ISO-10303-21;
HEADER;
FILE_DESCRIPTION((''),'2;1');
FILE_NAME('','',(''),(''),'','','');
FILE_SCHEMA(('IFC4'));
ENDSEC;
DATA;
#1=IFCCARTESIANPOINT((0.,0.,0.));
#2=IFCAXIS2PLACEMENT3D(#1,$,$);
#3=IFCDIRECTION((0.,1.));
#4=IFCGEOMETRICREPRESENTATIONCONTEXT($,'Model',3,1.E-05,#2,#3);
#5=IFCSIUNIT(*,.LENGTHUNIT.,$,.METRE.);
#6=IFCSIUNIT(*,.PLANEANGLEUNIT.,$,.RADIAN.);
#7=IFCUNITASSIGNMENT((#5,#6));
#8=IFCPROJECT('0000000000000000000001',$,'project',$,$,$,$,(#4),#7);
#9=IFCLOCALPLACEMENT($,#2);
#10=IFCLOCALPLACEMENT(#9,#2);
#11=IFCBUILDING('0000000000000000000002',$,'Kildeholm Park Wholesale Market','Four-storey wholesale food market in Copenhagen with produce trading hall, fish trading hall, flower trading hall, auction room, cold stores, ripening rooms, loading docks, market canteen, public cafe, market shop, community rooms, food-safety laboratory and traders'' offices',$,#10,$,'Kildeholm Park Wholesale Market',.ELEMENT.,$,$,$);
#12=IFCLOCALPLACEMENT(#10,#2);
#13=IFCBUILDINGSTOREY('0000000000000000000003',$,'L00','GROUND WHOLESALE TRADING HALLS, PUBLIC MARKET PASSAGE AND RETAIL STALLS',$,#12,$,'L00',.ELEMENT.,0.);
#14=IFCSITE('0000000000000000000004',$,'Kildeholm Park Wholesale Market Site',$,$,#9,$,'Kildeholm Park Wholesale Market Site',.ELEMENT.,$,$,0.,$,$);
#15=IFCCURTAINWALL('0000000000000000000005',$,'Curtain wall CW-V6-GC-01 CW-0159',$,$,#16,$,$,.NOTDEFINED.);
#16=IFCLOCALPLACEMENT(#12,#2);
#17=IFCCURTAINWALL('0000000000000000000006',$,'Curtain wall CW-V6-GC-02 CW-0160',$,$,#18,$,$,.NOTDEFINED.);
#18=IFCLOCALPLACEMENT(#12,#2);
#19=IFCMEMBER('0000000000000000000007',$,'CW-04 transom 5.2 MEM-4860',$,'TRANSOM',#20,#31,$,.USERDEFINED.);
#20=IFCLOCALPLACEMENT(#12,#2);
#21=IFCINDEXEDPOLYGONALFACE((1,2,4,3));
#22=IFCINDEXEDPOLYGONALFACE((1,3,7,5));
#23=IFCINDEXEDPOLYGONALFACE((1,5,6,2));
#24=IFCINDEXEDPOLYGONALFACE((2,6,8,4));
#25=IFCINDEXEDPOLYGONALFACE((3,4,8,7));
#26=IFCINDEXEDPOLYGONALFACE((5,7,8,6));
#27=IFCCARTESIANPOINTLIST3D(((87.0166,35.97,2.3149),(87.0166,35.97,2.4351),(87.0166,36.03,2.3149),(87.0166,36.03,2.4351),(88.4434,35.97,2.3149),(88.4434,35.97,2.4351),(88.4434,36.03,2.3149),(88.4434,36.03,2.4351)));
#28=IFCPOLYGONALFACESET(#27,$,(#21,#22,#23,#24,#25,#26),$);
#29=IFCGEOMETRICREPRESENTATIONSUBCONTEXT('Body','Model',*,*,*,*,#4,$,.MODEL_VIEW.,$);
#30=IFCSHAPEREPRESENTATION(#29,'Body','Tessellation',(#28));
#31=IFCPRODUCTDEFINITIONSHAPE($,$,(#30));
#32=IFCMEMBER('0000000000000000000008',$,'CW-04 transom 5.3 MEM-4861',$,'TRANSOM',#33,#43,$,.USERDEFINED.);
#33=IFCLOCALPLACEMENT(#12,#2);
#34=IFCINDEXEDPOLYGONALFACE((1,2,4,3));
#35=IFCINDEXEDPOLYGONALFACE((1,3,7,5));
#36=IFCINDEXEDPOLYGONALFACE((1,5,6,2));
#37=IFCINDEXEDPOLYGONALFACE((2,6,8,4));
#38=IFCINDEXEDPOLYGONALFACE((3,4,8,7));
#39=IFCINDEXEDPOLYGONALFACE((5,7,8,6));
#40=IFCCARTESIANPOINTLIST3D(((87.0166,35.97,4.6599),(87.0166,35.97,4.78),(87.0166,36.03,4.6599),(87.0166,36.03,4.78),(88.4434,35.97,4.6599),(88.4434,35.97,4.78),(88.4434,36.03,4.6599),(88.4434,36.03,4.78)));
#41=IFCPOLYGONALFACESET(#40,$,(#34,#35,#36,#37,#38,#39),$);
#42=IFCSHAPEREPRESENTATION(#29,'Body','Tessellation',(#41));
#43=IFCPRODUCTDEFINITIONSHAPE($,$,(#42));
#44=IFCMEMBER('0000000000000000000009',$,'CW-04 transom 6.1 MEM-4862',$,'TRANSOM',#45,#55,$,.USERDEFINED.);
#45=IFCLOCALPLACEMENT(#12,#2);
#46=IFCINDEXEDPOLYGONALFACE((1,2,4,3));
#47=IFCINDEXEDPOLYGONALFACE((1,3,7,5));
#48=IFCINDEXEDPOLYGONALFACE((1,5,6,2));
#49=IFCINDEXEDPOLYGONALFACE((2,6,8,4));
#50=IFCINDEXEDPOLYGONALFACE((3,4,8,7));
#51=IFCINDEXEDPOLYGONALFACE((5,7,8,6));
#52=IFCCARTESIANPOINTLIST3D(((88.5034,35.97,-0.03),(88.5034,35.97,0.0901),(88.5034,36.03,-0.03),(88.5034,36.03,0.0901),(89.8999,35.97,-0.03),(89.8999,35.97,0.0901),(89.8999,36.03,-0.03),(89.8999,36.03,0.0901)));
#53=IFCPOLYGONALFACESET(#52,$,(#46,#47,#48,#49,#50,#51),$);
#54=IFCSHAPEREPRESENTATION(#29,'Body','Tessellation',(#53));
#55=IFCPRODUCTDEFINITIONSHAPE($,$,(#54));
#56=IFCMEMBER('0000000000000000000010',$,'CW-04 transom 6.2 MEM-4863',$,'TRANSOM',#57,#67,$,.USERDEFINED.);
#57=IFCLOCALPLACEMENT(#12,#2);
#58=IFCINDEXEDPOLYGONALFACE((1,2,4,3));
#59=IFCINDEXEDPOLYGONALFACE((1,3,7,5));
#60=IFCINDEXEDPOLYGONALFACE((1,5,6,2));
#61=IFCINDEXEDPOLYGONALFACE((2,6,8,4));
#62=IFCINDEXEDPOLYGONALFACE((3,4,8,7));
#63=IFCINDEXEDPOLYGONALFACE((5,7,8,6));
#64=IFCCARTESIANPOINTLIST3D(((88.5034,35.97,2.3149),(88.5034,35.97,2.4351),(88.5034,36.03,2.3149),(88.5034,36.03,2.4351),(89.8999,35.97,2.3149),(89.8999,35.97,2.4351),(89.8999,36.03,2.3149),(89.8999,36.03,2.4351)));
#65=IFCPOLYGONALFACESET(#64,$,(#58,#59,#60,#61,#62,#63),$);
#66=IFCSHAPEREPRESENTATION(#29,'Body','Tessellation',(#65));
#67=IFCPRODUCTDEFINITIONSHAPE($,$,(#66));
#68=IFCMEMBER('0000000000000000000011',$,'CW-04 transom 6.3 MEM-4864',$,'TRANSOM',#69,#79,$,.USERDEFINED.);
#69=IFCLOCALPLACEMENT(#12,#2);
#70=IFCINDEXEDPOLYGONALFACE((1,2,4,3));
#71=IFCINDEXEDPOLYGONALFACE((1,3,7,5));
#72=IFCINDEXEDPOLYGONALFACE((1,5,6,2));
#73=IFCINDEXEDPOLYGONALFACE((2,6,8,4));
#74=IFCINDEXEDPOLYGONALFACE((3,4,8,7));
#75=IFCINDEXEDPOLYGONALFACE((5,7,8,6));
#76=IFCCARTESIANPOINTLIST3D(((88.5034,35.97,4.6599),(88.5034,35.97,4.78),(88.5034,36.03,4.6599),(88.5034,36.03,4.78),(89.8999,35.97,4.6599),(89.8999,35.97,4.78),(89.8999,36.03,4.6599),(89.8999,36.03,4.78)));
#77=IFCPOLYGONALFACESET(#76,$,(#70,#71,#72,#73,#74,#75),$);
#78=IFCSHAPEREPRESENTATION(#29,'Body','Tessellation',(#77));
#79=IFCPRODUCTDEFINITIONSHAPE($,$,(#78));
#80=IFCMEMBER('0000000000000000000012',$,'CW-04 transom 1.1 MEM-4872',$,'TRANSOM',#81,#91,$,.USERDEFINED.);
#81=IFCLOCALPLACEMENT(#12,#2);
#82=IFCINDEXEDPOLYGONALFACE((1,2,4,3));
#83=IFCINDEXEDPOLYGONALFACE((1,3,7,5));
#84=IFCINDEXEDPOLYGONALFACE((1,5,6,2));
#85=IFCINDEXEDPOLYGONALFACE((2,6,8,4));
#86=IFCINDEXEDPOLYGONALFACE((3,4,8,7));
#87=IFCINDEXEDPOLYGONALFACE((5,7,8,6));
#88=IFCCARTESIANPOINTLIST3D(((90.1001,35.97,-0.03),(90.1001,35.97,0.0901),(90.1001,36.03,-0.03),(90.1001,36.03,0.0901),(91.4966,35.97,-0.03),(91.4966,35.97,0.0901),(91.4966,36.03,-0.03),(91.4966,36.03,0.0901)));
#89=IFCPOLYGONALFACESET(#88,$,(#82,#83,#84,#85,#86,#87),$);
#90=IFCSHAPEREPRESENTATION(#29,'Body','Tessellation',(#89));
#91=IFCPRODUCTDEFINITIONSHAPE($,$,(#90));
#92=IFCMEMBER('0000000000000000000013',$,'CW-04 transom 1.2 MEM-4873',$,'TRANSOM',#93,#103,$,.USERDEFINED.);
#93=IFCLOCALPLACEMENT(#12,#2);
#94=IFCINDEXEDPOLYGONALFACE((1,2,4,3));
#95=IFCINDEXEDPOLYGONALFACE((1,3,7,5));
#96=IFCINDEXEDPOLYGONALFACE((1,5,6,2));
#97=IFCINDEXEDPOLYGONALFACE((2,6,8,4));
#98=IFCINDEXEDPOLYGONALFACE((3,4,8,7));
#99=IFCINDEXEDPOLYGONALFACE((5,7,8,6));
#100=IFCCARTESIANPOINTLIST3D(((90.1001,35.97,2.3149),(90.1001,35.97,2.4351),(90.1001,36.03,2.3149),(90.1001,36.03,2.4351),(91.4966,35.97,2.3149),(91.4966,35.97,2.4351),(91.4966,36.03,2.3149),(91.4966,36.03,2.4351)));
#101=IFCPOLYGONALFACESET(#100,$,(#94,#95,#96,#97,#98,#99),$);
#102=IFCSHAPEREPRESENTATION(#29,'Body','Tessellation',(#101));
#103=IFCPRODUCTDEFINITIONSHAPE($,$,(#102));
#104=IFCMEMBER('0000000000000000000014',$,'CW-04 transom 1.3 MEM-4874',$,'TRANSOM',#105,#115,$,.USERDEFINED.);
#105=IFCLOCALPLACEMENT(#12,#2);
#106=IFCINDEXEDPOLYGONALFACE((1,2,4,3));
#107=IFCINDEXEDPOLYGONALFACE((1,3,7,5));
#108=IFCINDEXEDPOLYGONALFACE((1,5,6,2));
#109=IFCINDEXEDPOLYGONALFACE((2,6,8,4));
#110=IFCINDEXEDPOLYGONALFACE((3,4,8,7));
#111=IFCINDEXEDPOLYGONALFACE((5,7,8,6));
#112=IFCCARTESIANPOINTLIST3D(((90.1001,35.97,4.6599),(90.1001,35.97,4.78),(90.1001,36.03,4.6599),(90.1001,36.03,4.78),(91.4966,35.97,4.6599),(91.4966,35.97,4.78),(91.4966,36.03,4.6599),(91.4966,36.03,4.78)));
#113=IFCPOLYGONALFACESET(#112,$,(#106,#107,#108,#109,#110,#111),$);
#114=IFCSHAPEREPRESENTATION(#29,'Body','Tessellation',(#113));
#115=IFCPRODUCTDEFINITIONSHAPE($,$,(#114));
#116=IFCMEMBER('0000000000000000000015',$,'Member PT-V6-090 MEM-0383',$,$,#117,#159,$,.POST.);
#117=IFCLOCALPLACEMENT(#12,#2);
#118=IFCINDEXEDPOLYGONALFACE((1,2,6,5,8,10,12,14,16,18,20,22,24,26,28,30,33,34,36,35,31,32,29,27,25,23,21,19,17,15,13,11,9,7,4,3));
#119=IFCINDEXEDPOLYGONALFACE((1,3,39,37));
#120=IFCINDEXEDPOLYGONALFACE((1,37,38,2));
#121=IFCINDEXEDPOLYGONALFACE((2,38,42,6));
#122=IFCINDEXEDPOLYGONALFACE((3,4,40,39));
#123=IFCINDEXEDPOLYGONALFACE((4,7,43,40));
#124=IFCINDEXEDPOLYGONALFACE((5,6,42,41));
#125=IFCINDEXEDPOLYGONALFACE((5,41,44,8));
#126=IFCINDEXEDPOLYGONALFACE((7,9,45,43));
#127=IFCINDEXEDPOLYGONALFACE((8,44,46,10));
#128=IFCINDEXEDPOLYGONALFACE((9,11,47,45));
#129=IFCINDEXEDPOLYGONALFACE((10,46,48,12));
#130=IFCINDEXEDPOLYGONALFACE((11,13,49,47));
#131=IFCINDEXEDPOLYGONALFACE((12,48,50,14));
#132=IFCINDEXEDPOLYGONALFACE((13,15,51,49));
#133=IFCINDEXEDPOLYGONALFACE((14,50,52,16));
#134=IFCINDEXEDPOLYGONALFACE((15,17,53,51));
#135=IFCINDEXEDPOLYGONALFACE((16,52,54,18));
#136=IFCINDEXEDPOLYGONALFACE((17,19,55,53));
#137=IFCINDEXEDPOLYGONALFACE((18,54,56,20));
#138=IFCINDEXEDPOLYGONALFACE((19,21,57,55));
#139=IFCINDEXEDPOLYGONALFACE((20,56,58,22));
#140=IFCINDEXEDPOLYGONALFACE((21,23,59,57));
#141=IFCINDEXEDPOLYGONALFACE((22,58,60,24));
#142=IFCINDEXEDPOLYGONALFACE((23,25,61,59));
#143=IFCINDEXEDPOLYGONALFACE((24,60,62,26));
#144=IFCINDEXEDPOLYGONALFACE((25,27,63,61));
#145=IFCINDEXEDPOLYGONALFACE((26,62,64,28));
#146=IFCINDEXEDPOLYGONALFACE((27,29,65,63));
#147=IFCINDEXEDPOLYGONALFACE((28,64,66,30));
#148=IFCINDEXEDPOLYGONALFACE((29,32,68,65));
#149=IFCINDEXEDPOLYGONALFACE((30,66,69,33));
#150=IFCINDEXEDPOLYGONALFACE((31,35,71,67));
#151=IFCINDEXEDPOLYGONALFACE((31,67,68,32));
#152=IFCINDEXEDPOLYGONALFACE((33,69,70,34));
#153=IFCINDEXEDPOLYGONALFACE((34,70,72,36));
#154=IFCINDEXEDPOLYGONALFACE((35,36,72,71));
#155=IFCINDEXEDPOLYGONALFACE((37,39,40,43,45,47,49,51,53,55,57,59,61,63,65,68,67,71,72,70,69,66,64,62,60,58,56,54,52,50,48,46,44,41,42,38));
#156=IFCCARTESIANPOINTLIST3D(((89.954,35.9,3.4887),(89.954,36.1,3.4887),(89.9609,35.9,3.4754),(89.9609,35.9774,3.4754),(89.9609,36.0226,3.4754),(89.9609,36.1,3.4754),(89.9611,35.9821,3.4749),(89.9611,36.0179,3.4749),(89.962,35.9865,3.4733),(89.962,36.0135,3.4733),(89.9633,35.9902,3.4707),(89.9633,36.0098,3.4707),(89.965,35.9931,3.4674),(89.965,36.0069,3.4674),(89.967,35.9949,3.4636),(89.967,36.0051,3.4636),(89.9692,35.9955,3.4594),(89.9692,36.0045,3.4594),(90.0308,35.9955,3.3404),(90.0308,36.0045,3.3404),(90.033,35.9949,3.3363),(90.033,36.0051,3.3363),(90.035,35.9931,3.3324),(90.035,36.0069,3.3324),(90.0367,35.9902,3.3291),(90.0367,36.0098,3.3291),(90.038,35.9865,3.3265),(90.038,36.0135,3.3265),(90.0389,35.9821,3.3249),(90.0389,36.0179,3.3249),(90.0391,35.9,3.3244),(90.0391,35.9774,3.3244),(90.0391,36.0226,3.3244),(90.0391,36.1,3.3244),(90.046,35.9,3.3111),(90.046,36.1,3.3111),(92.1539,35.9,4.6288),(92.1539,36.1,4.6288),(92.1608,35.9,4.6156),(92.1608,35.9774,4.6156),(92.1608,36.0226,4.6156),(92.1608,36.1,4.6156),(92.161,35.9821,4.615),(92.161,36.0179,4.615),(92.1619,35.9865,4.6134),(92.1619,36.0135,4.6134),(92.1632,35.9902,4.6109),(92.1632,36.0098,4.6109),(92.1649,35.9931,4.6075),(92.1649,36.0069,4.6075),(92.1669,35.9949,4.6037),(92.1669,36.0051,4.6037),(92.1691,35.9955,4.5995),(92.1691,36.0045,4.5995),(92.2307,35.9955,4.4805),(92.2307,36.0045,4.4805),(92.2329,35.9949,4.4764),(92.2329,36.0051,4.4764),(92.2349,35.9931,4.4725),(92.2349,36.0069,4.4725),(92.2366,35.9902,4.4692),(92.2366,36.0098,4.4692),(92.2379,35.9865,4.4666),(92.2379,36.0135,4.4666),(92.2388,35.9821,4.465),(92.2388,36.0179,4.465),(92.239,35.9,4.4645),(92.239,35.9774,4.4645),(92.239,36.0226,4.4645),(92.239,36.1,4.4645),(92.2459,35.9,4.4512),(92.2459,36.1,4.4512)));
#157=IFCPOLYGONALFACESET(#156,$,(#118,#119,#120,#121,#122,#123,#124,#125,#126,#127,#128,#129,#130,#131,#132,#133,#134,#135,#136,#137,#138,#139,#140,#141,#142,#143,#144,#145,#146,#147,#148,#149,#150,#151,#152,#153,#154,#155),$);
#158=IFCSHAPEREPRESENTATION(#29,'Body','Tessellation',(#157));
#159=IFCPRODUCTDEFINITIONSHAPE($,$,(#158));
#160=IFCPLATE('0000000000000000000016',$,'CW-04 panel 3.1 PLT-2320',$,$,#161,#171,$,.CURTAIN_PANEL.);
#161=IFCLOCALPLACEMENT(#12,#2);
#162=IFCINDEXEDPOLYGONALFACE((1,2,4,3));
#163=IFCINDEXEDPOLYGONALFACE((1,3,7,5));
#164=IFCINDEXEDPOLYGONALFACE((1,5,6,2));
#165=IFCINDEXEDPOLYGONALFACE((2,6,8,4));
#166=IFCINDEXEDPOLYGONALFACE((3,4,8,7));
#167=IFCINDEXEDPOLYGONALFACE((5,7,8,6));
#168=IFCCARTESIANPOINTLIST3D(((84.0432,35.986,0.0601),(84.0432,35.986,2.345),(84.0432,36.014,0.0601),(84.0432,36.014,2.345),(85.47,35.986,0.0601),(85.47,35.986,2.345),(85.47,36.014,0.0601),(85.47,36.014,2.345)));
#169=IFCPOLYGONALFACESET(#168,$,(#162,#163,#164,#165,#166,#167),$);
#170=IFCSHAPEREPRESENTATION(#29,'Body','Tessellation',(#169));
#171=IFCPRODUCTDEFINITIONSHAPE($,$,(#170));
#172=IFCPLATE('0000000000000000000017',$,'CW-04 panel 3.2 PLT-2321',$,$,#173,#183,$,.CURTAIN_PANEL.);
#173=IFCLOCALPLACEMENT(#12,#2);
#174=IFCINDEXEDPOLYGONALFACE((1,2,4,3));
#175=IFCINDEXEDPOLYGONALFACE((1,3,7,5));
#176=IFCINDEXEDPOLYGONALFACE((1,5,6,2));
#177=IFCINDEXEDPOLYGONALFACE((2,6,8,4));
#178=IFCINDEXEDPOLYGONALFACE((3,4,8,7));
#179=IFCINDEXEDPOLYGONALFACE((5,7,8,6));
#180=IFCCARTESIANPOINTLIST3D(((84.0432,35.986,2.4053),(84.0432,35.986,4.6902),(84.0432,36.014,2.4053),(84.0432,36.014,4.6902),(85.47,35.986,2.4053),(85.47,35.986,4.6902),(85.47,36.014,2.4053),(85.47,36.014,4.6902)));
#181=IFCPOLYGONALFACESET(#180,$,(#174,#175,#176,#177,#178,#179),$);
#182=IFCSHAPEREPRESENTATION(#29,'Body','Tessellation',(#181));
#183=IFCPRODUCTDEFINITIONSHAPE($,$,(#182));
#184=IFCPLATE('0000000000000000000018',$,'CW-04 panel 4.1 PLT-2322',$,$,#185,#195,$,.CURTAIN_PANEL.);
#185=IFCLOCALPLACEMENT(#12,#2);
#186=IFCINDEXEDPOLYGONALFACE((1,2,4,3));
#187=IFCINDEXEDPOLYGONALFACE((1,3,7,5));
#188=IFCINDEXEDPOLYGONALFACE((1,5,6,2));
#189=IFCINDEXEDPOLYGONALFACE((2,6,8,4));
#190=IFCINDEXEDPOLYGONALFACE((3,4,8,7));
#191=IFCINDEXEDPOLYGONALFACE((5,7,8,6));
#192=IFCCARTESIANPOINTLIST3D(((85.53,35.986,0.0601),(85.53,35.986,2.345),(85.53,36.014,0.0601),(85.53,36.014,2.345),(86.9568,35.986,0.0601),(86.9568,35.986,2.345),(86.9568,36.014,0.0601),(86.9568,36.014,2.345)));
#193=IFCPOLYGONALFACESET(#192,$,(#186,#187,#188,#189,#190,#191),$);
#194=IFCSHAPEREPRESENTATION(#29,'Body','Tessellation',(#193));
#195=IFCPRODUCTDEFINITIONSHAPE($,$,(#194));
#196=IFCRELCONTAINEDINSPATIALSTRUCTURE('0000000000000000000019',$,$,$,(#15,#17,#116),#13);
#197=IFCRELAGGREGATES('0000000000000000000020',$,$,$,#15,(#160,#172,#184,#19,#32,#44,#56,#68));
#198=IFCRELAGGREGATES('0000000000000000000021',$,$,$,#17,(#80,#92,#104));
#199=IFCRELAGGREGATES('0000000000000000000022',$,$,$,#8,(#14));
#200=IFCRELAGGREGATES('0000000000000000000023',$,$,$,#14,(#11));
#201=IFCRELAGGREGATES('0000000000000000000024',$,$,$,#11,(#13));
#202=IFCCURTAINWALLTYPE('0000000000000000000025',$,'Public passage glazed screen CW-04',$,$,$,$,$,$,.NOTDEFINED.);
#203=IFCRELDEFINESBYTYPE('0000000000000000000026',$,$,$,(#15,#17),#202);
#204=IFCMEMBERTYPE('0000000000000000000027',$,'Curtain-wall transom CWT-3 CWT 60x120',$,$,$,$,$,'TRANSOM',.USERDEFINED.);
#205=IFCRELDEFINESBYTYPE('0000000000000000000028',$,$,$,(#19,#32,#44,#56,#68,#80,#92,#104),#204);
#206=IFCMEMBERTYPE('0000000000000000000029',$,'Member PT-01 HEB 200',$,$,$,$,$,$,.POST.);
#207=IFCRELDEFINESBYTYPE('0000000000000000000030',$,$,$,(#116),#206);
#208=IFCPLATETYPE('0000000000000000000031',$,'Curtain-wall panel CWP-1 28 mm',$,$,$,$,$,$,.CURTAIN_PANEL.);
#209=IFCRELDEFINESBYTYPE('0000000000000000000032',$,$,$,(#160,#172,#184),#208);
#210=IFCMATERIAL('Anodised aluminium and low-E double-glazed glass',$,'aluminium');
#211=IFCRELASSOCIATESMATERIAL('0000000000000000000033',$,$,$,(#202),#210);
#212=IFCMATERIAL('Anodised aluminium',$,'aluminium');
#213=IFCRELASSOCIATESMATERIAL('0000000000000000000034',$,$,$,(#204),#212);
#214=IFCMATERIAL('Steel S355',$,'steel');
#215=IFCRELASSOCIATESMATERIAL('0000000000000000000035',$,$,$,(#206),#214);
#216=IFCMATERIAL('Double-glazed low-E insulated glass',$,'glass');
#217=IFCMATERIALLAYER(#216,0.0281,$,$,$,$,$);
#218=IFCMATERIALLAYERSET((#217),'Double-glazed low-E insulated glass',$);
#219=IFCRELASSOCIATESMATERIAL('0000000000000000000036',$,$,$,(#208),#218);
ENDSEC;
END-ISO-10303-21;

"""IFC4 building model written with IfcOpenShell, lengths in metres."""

from ifc_helpers import new_model, si_unit, direction, frame, origin, origin_2d, place, context, subcontext, project, spatial, rectangle, i_section, extrude, material, layer, layer_set, material_profile, profile_set, type_object, element, aggregate, save


model = new_model("IFC4")

# Units and contexts
model_context = context("Model", 3, precision=1e-05, world=origin(), true_north=direction((0.0, 1.0)))
body_context = subcontext(model_context, "Body", "Model", "MODEL_VIEW")
ifc_project = project(units=[si_unit("LENGTHUNIT", "METRE"), si_unit("PLANEANGLEUNIT", "RADIAN")], contexts=[model_context])

# Site, building, storey
site_placement = place(None, origin())
site = spatial("IfcSite", under=ifc_project, at=site_placement, Name="Kildeholm Park Wholesale Market Site", LongName="Kildeholm Park Wholesale Market Site", CompositionType="ELEMENT", RefElevation=0.0)
building_placement = place(site_placement, origin())
building = spatial("IfcBuilding", under=site, at=building_placement, Name="Kildeholm Park Wholesale Market", Description="Four-storey wholesale food market in Copenhagen with produce trading hall, fish trading hall, flower trading hall, auction room, cold stores, ripening rooms, loading docks, market canteen, public cafe, market shop, community rooms, food-safety laboratory and traders' offices", LongName="Kildeholm Park Wholesale Market", CompositionType="ELEMENT")
storey_placement = place(building_placement, origin())
storey = spatial("IfcBuildingStorey", under=building, at=storey_placement, Name="L00", Description="GROUND WHOLESALE TRADING HALLS, PUBLIC MARKET PASSAGE AND RETAIL STALLS", LongName="L00", CompositionType="ELEMENT", Elevation=0.0)

# Shared definitions
ifc_material_1 = material(Name="Steel S355", Category="steel")

# Curtain wall
ifc_material_2 = material(Name="Anodised aluminium and low-E double-glazed glass", Category="aluminium")
curtain_wall_type = type_object("IfcCurtainWallType", Name="Public passage glazed screen CW-04", PredefinedType="NOTDEFINED", material=ifc_material_2)
curtain_wall_1_placement = place(storey_placement, origin())
curtain_wall_1 = element("IfcCurtainWall", 1, at=curtain_wall_1_placement, inside=storey, type_object=curtain_wall_type, Name="Curtain wall CW-V6-GC-01 CW-0159", PredefinedType="NOTDEFINED")
ifc_material_3 = material(Name="Anodised aluminium", Category="aluminium")

# Curtain wall
curtain_wall_2_placement = place(storey_placement, origin())
curtain_wall_2 = element("IfcCurtainWall", 2, at=curtain_wall_2_placement, inside=storey, type_object=curtain_wall_type, Name="Curtain wall CW-V6-GC-02 CW-0160", PredefinedType="NOTDEFINED")

# Members
ifc_material_profile_1 = material_profile(ifc_material_3, rectangle(XDim=0.0601, YDim=0.1201, at=origin_2d()), Name="CWT 60x120")
ifc_profile_set_1 = profile_set([ifc_material_profile_1], Name="Anodised aluminium")
member_type_1 = type_object("IfcMemberType", Name="Curtain-wall transom CWT-3 CWT 60x120", ElementType="TRANSOM", PredefinedType="USERDEFINED", material=ifc_profile_set_1)
member_1_placement = place(storey_placement, frame((87.0166, 36.0, 2.375), z_axis=(1.0, 0.0, 0.0), x_axis=(0.0, 1.0, 0.0)))
member_1 = element("IfcMember", 3, at=member_1_placement, type_object=member_type_1, Name="CW-04 transom 5.2 MEM-4860", ObjectType="TRANSOM", PredefinedType="USERDEFINED", context=body_context, shape_type="SweptSolid", body=[
    extrude(rectangle(XDim=0.0601, YDim=0.1201, at=origin_2d()), origin(), (0.0, 0.0, 1.0), 1.4268),
])
member_2_placement = place(storey_placement, frame((87.0166, 36.0, 4.72), z_axis=(1.0, 0.0, 0.0), x_axis=(0.0, 1.0, 0.0)))
member_2 = element("IfcMember", 4, at=member_2_placement, type_object=member_type_1, Name="CW-04 transom 5.3 MEM-4861", ObjectType="TRANSOM", PredefinedType="USERDEFINED", context=body_context, shape_type="SweptSolid", body=[
    extrude(rectangle(XDim=0.0601, YDim=0.1201, at=origin_2d()), origin(), (0.0, 0.0, 1.0), 1.4268),
])
member_3_placement = place(storey_placement, frame((88.5034, 36.0, 0.03), z_axis=(1.0, 0.0, 0.0), x_axis=(0.0, 1.0, 0.0)))
member_3 = element("IfcMember", 5, at=member_3_placement, type_object=member_type_1, Name="CW-04 transom 6.1 MEM-4862", ObjectType="TRANSOM", PredefinedType="USERDEFINED", context=body_context, shape_type="SweptSolid", body=[
    extrude(rectangle(XDim=0.0601, YDim=0.1201, at=origin_2d()), origin(), (0.0, 0.0, 1.0), 1.3965),
])
member_4_placement = place(storey_placement, frame((88.5034, 36.0, 2.375), z_axis=(1.0, 0.0, 0.0), x_axis=(0.0, 1.0, 0.0)))
member_4 = element("IfcMember", 6, at=member_4_placement, type_object=member_type_1, Name="CW-04 transom 6.2 MEM-4863", ObjectType="TRANSOM", PredefinedType="USERDEFINED", context=body_context, shape_type="SweptSolid", body=[
    extrude(rectangle(XDim=0.0601, YDim=0.1201, at=origin_2d()), origin(), (0.0, 0.0, 1.0), 1.3965),
])
member_5_placement = place(storey_placement, frame((88.5034, 36.0, 4.72), z_axis=(1.0, 0.0, 0.0), x_axis=(0.0, 1.0, 0.0)))
member_5 = element("IfcMember", 7, at=member_5_placement, type_object=member_type_1, Name="CW-04 transom 6.3 MEM-4864", ObjectType="TRANSOM", PredefinedType="USERDEFINED", context=body_context, shape_type="SweptSolid", body=[
    extrude(rectangle(XDim=0.0601, YDim=0.1201, at=origin_2d()), origin(), (0.0, 0.0, 1.0), 1.3965),
])
member_6_placement = place(storey_placement, frame((90.1001, 36.0, 0.03), z_axis=(1.0, 0.0, 0.0), x_axis=(0.0, 1.0, 0.0)))
member_6 = element("IfcMember", 8, at=member_6_placement, type_object=member_type_1, Name="CW-04 transom 1.1 MEM-4872", ObjectType="TRANSOM", PredefinedType="USERDEFINED", context=body_context, shape_type="SweptSolid", body=[
    extrude(rectangle(XDim=0.0601, YDim=0.1201, at=origin_2d()), origin(), (0.0, 0.0, 1.0), 1.3965),
])
member_7_placement = place(storey_placement, frame((90.1001, 36.0, 2.375), z_axis=(1.0, 0.0, 0.0), x_axis=(0.0, 1.0, 0.0)))
member_7 = element("IfcMember", 9, at=member_7_placement, type_object=member_type_1, Name="CW-04 transom 1.2 MEM-4873", ObjectType="TRANSOM", PredefinedType="USERDEFINED", context=body_context, shape_type="SweptSolid", body=[
    extrude(rectangle(XDim=0.0601, YDim=0.1201, at=origin_2d()), origin(), (0.0, 0.0, 1.0), 1.3965),
])
member_8_placement = place(storey_placement, frame((90.1001, 36.0, 4.72), z_axis=(1.0, 0.0, 0.0), x_axis=(0.0, 1.0, 0.0)))
member_8 = element("IfcMember", 10, at=member_8_placement, type_object=member_type_1, Name="CW-04 transom 1.3 MEM-4874", ObjectType="TRANSOM", PredefinedType="USERDEFINED", context=body_context, shape_type="SweptSolid", body=[
    extrude(rectangle(XDim=0.0601, YDim=0.1201, at=origin_2d()), origin(), (0.0, 0.0, 1.0), 1.3965),
])
ifc_material_profile_2 = material_profile(ifc_material_1, i_section(OverallWidth=0.2, OverallDepth=0.2, WebThickness=0.009, FlangeThickness=0.0149, FilletRadius=0.0181, at=origin_2d()), Name="HEB 200")
ifc_profile_set_2 = profile_set([ifc_material_profile_2], Name="Steel S355")
member_type_2 = type_object("IfcMemberType", Name="Member PT-01 HEB 200", PredefinedType="POST", material=ifc_profile_set_2)
member_9_placement = place(storey_placement, frame((90.0, 36.0, 3.3999), z_axis=(0.88785, 0.0, 0.460133), x_axis=(0.0, 1.0, 0.0)))
element("IfcMember", 11, at=member_9_placement, inside=storey, type_object=member_type_2, Name="Member PT-V6-090 MEM-0383", PredefinedType="POST", context=body_context, shape_type="SweptSolid", body=[
    extrude(i_section(OverallWidth=0.2, OverallDepth=0.2, WebThickness=0.009, FlangeThickness=0.0149, FilletRadius=0.0181, at=origin_2d()), origin(), (0.0, 0.0, 1.0), 2.4778),
])

# Plates
ifc_material_4 = material(Name="Double-glazed low-E insulated glass", Category="glass")
ifc_layer = layer(ifc_material_4, 0.0281)
ifc_layer_set = layer_set([ifc_layer], Name="Double-glazed low-E insulated glass")
plate_type = type_object("IfcPlateType", Name="Curtain-wall panel CWP-1 28 mm", PredefinedType="CURTAIN_PANEL", material=ifc_layer_set)
plate_1_placement = place(storey_placement, frame((84.7566, 36.0, 0.0601), z_axis=(0.0, 0.0, 1.0), x_axis=(1.0, 0.0, 0.0)))
plate_1 = element("IfcPlate", 12, at=plate_1_placement, type_object=plate_type, Name="CW-04 panel 3.1 PLT-2320", PredefinedType="CURTAIN_PANEL", context=body_context, shape_type="SweptSolid", body=[
    extrude(rectangle(XDim=1.4268, YDim=0.0281, at=origin_2d()), origin(), (0.0, 0.0, 1.0), 2.2849),
])
plate_2_placement = place(storey_placement, frame((84.7566, 36.0, 2.4053), z_axis=(0.0, 0.0, 1.0), x_axis=(1.0, 0.0, 0.0)))
plate_2 = element("IfcPlate", 13, at=plate_2_placement, type_object=plate_type, Name="CW-04 panel 3.2 PLT-2321", PredefinedType="CURTAIN_PANEL", context=body_context, shape_type="SweptSolid", body=[
    extrude(rectangle(XDim=1.4268, YDim=0.0281, at=origin_2d()), origin(), (0.0, 0.0, 1.0), 2.2849),
])
plate_3_placement = place(storey_placement, frame((86.2434, 36.0, 0.0601), z_axis=(0.0, 0.0, 1.0), x_axis=(1.0, 0.0, 0.0)))
plate_3 = element("IfcPlate", 14, at=plate_3_placement, type_object=plate_type, Name="CW-04 panel 4.1 PLT-2322", PredefinedType="CURTAIN_PANEL", context=body_context, shape_type="SweptSolid", body=[
    extrude(rectangle(XDim=1.4268, YDim=0.0281, at=origin_2d()), origin(), (0.0, 0.0, 1.0), 2.2849),
])
aggregate(curtain_wall_1, [plate_1, plate_2, plate_3, member_1, member_2, member_3, member_4, member_5])
aggregate(curtain_wall_2, [member_6, member_7, member_8])

save(model, "model.ifc")
